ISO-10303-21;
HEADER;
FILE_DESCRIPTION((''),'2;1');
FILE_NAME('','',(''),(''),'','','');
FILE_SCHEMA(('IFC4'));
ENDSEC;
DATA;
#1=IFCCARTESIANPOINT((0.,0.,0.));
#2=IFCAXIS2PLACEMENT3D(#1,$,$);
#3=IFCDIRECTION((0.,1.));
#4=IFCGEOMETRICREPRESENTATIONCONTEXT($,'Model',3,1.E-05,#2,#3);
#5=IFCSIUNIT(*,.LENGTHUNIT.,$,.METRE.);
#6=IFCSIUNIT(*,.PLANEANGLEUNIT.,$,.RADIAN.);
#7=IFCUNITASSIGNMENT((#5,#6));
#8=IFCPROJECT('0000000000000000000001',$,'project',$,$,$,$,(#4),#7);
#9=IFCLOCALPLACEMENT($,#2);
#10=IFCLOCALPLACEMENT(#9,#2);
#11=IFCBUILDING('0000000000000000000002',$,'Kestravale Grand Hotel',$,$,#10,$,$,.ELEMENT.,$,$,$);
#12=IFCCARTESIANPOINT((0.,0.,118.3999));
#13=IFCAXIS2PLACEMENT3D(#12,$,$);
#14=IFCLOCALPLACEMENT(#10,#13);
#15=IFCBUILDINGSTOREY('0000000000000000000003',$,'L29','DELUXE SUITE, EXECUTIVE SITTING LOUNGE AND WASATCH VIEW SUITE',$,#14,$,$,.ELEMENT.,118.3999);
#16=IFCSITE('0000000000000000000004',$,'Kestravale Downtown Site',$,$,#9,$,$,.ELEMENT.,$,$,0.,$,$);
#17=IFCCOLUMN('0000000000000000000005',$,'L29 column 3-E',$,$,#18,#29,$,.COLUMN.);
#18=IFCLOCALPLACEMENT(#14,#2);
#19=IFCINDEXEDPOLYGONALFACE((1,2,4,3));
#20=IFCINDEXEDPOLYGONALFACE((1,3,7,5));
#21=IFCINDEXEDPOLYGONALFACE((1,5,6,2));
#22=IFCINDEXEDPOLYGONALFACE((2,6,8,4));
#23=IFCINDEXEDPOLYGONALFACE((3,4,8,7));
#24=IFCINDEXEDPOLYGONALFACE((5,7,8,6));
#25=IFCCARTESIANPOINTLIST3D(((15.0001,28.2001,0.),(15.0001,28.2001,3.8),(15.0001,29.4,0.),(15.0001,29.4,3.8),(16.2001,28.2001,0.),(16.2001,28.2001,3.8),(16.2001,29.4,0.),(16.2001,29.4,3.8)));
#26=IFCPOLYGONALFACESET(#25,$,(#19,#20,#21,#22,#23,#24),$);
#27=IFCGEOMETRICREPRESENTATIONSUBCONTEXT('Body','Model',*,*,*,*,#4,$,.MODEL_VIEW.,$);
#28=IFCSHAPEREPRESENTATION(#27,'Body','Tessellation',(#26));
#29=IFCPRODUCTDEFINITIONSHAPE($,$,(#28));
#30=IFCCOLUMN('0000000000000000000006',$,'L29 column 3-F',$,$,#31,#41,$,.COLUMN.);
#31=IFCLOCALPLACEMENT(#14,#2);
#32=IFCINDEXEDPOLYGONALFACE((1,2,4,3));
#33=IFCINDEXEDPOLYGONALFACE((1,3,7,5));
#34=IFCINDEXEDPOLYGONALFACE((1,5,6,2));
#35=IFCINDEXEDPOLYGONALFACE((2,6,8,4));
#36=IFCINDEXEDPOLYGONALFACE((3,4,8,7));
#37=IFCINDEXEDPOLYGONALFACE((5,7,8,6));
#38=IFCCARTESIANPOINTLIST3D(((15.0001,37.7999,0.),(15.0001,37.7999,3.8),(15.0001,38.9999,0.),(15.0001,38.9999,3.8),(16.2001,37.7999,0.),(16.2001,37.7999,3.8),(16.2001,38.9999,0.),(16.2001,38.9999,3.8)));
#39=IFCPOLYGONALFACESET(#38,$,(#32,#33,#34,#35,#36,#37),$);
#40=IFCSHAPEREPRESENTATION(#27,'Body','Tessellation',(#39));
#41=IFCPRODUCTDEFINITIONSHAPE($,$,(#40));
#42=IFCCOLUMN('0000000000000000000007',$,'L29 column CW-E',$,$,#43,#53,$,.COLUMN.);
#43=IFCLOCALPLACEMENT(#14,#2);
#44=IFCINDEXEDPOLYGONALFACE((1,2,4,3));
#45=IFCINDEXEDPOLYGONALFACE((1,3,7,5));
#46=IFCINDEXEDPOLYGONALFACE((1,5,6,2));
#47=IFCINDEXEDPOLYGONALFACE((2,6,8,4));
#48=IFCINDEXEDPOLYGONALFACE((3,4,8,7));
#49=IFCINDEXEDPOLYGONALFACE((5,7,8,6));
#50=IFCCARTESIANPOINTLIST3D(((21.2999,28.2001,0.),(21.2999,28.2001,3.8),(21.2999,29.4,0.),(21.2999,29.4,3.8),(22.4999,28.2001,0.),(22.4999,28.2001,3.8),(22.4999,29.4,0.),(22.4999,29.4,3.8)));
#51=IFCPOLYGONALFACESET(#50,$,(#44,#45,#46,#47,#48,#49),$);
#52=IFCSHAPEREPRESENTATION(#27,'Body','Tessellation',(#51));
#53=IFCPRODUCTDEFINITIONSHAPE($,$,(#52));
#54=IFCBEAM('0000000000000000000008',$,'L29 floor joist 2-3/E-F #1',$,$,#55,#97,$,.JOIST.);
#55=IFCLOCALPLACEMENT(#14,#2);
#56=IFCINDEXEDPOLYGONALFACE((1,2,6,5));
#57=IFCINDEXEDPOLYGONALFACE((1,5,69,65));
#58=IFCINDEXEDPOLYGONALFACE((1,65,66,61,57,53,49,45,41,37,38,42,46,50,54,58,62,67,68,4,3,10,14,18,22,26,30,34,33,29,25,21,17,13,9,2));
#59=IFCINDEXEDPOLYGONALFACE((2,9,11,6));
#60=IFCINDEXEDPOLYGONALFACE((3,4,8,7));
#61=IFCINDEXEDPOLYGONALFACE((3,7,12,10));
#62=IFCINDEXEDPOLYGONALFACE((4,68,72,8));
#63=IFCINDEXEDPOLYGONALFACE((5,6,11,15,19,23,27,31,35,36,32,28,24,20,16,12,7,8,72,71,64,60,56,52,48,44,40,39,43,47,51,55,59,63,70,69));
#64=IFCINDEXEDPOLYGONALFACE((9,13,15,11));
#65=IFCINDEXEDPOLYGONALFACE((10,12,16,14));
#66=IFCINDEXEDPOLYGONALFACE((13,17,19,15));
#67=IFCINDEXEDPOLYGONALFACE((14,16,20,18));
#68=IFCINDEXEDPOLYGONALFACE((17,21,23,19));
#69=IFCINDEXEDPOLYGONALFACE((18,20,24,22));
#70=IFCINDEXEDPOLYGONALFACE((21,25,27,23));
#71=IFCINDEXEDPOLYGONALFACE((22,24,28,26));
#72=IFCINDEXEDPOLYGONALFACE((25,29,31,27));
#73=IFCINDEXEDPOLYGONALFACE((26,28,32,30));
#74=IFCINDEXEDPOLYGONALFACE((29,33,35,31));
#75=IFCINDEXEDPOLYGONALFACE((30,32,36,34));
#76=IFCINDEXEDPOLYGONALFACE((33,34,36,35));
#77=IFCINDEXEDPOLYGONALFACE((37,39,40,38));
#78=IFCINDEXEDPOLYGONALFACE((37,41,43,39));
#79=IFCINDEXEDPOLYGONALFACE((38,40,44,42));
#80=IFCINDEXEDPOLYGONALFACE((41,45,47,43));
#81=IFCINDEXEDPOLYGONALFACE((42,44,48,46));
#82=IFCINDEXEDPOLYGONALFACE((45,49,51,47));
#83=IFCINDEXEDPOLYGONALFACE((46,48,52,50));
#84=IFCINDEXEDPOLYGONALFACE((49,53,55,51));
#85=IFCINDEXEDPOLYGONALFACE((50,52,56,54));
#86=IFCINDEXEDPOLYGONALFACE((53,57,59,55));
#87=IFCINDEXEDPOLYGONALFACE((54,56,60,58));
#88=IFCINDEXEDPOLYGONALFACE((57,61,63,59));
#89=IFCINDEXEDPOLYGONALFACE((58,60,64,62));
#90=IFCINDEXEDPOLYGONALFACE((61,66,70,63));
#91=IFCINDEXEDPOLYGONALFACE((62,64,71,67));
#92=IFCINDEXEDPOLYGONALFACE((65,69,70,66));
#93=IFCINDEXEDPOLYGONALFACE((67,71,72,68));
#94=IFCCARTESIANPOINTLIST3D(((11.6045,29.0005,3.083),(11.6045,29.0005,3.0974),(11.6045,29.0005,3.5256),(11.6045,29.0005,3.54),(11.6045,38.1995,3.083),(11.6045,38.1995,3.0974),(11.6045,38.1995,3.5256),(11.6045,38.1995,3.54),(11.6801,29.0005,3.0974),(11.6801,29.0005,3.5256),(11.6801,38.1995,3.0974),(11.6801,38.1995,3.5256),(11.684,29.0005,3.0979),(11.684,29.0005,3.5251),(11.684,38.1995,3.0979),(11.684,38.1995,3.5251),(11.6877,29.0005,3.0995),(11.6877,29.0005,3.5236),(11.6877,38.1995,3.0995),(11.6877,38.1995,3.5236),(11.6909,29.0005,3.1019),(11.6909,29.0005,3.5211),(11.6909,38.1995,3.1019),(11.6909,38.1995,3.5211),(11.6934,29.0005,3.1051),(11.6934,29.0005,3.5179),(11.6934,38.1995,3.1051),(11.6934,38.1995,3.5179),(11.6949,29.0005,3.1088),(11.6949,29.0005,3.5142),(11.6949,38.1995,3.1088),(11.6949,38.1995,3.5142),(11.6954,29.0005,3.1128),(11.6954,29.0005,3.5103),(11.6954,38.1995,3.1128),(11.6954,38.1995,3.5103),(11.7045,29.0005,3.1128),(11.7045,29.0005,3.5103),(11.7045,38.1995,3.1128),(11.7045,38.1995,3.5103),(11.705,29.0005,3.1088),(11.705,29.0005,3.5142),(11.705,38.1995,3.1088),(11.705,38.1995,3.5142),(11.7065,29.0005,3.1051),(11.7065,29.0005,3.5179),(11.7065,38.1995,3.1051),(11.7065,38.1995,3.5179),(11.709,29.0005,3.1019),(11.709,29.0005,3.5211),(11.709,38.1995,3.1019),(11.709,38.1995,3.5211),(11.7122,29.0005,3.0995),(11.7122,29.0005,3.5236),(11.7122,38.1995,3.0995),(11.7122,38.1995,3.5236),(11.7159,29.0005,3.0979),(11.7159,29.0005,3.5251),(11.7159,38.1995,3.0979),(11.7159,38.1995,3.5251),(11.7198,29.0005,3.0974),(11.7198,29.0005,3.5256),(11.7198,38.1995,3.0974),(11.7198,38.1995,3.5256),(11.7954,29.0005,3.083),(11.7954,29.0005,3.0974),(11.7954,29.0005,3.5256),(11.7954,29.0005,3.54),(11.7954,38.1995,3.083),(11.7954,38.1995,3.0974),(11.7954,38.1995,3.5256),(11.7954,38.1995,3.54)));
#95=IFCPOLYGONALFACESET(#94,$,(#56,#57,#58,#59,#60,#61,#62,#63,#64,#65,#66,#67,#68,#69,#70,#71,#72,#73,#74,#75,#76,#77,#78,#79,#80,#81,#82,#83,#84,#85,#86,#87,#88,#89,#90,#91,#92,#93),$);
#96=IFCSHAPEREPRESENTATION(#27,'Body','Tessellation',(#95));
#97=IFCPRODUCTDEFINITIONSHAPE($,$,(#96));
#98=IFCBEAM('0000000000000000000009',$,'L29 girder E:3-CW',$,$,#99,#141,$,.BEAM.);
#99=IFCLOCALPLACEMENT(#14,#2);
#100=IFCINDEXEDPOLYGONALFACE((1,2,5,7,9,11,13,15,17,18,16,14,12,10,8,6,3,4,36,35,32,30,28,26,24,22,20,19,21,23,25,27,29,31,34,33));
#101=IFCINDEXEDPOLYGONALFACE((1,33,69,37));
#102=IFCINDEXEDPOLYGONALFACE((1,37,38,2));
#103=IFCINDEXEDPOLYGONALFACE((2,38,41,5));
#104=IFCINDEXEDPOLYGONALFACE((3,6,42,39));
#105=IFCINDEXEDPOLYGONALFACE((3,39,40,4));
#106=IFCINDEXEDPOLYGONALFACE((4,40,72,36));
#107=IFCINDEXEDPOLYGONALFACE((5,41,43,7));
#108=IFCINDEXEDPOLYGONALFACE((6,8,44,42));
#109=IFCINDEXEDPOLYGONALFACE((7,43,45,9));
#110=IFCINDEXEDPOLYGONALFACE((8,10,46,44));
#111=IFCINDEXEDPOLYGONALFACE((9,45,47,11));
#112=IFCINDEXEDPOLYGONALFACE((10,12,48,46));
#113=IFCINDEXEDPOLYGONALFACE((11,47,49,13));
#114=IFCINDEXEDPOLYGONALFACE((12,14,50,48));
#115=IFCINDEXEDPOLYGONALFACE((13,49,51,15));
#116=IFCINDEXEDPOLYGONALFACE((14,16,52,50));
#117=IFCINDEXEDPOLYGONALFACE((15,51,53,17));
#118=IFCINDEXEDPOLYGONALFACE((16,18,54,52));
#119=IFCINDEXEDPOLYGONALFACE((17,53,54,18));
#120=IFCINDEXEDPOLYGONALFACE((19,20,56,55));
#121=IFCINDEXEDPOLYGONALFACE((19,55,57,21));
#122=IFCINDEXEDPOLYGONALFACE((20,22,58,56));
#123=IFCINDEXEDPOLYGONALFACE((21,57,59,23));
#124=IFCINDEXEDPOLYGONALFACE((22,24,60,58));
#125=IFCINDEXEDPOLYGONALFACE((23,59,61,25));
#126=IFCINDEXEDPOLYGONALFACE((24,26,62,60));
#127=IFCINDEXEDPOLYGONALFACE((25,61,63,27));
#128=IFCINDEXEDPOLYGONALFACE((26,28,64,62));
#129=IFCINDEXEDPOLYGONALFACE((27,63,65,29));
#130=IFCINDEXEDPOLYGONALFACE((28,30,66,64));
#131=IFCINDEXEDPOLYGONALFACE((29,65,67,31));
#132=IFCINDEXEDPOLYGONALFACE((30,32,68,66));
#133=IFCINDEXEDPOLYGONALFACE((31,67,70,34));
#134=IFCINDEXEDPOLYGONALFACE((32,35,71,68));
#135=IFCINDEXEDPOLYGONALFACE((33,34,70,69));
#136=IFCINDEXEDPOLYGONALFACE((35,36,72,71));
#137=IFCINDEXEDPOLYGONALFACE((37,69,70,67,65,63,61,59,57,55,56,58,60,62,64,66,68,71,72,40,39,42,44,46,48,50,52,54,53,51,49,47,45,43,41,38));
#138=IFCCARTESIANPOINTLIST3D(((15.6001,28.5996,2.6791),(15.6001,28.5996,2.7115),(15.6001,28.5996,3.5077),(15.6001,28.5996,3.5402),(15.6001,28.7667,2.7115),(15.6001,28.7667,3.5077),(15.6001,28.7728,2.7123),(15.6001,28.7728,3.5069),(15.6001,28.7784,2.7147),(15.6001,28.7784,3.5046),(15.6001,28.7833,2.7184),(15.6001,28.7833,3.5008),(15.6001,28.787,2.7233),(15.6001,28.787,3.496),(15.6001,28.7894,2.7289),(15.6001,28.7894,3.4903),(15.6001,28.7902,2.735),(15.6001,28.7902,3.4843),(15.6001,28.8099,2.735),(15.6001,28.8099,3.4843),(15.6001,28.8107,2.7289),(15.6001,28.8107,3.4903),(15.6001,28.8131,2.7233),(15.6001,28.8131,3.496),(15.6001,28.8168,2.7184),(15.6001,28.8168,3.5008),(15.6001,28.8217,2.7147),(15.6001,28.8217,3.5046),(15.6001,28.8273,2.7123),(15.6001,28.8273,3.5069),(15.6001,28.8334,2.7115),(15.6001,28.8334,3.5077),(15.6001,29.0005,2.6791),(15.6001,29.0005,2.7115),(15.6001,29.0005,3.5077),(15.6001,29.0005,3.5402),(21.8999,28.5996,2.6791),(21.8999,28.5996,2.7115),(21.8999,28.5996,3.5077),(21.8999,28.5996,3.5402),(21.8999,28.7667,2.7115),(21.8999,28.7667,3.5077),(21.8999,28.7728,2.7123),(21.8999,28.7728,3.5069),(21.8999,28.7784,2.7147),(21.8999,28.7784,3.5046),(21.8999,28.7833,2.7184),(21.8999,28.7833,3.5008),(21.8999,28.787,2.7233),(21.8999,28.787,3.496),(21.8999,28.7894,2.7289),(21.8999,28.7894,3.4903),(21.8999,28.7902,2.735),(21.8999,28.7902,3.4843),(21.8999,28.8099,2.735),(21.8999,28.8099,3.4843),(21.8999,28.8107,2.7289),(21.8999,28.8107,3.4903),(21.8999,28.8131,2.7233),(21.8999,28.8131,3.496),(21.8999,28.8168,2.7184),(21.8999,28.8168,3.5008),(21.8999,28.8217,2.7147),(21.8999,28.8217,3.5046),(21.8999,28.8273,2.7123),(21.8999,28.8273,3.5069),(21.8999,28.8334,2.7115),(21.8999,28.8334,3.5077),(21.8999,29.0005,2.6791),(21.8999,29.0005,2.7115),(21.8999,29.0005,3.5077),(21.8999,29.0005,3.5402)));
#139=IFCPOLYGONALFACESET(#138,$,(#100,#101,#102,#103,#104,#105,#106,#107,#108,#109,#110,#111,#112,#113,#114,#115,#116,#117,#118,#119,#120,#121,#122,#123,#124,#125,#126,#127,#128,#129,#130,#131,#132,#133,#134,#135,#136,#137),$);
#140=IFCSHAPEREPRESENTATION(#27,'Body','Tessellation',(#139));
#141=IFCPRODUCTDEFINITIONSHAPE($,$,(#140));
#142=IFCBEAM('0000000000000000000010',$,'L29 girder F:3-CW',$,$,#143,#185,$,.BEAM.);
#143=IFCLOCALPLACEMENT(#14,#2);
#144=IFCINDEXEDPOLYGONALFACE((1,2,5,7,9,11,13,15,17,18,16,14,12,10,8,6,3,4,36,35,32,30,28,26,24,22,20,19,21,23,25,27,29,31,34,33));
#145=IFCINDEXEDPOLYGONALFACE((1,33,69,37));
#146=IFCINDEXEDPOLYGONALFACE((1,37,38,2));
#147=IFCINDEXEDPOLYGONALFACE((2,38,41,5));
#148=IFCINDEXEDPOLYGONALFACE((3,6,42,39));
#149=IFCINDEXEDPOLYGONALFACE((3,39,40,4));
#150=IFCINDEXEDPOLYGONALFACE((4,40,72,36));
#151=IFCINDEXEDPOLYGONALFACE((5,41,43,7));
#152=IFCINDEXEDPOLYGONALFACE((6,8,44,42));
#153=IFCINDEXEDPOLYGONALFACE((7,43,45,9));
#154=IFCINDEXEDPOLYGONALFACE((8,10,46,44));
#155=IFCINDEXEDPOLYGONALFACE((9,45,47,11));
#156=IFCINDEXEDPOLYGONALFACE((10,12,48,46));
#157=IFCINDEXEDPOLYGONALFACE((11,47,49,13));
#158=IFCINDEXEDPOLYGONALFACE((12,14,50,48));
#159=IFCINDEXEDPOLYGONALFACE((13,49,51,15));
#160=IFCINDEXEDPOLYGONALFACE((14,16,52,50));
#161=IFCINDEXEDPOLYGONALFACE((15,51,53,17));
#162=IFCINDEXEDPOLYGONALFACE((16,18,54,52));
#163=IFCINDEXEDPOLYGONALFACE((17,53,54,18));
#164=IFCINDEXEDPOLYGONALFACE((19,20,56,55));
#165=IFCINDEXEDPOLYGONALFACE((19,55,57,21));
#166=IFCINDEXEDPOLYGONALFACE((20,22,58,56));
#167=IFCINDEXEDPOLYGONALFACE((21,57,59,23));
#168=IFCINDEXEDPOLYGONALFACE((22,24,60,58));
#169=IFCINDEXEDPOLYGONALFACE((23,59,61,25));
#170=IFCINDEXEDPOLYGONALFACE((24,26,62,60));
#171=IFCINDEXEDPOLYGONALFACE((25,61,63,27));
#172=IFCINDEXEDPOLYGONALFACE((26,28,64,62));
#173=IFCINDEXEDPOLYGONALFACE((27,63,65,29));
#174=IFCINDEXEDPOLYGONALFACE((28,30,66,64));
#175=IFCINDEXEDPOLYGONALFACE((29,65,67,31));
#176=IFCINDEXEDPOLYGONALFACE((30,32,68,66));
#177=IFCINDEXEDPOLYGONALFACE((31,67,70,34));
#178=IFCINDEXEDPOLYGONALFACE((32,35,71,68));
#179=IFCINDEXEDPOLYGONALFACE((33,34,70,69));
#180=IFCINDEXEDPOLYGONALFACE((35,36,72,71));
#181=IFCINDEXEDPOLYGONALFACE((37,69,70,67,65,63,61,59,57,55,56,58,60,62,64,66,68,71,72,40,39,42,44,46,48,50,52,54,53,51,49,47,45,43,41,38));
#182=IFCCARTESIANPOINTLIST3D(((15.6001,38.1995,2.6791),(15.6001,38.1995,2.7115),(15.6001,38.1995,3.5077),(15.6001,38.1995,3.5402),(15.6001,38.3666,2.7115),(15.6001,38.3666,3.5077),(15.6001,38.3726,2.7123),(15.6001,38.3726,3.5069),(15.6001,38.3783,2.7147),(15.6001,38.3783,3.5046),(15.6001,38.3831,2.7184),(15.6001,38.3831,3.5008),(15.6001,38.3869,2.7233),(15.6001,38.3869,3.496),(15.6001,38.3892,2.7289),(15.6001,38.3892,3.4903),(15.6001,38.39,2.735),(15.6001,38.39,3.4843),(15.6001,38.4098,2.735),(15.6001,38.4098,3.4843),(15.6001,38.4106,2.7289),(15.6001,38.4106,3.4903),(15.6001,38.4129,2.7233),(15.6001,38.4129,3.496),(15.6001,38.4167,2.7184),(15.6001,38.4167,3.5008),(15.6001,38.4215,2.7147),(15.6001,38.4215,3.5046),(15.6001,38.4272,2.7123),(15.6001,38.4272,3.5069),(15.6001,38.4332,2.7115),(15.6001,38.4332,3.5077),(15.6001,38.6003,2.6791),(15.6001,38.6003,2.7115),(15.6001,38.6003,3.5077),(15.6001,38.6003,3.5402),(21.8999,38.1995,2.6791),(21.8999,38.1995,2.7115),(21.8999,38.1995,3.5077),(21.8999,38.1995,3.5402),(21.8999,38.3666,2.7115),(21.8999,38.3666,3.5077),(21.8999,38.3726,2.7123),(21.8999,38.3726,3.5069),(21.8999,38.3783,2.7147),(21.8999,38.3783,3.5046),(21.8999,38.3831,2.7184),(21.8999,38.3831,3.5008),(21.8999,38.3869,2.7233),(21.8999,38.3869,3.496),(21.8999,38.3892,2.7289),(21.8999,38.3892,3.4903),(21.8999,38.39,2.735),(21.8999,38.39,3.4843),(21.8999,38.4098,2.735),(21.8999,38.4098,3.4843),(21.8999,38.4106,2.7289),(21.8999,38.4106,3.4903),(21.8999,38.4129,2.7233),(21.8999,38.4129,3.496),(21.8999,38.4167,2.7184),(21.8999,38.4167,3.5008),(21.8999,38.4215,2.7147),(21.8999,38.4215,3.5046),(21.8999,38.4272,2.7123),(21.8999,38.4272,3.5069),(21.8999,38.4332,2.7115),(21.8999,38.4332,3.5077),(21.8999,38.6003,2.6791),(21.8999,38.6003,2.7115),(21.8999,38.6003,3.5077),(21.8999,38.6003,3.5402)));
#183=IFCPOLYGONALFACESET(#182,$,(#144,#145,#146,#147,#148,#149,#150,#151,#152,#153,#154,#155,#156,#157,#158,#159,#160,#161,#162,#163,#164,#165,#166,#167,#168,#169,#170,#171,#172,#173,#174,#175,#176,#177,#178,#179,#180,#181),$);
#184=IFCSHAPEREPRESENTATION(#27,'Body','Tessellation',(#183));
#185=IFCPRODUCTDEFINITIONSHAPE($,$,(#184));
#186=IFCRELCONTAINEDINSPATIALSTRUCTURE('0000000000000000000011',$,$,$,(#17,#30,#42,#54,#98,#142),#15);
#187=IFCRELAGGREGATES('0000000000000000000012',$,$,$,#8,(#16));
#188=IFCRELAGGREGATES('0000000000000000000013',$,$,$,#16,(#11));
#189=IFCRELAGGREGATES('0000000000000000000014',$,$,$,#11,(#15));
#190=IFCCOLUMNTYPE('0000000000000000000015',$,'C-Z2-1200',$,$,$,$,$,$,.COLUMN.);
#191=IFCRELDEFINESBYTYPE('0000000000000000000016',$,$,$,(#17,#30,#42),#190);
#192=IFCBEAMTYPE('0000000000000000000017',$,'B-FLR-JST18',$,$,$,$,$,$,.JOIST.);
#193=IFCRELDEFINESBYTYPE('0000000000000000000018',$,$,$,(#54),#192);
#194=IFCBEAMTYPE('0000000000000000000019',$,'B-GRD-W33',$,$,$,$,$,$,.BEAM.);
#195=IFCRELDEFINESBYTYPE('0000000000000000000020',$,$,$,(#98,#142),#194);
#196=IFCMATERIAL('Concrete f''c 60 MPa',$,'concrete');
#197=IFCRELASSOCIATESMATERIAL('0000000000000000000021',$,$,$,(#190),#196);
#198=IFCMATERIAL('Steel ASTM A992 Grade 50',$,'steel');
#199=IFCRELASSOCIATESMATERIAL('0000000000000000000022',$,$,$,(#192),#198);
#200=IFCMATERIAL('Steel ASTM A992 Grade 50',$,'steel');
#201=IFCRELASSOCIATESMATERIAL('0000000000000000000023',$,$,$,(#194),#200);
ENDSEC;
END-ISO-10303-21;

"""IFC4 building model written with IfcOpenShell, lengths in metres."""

from ifc_helpers import new_model, si_unit, direction, frame, origin, origin_2d, place, context, subcontext, project, spatial, rectangle, i_section, extrude, material, material_profile, profile_set, type_object, element, save


model = new_model("IFC4")

# Units and contexts
model_context = context("Model", 3, precision=1e-05, world=origin(), true_north=direction((0.0, 1.0)))
body_context = subcontext(model_context, "Body", "Model", "MODEL_VIEW")
ifc_project = project(units=[si_unit("LENGTHUNIT", "METRE"), si_unit("PLANEANGLEUNIT", "RADIAN")], contexts=[model_context])

# Site, building, storey
site_placement = place(None, origin())
site = spatial("IfcSite", under=ifc_project, at=site_placement, Name="Kestravale Downtown Site", CompositionType="ELEMENT", RefElevation=0.0)
building_placement = place(site_placement, origin())
building = spatial("IfcBuilding", under=site, at=building_placement, Name="Kestravale Grand Hotel", CompositionType="ELEMENT")
storey_placement = place(building_placement, frame((0.0, 0.0, 118.3999)))
storey = spatial("IfcBuildingStorey", under=building, at=storey_placement, Name="L29", Description="DELUXE SUITE, EXECUTIVE SITTING LOUNGE AND WASATCH VIEW SUITE", CompositionType="ELEMENT", Elevation=118.3999)

# Columns
ifc_material_1 = material(Name="Concrete f'c 60 MPa", Category="concrete")
ifc_material_profile_1 = material_profile(ifc_material_1, rectangle(XDim=1.2, YDim=1.2, at=origin_2d()))
ifc_profile_set_1 = profile_set([ifc_material_profile_1], Name="Concrete f'c 60 MPa")
column_type = type_object("IfcColumnType", Name="C-Z2-1200", PredefinedType="COLUMN", material=ifc_profile_set_1)
for number, where, z_axis, x_axis, name in (
    (1, (15.6001, 28.8, 0.0), (0.0, 0.0, 1.0), (1.0, 0.0, 0.0), "L29 column 3-E"),
    (2, (15.6001, 38.3999, 0.0), (0.0, 0.0, 1.0), (1.0, 0.0, 0.0), "L29 column 3-F"),
    (3, (21.8999, 28.8, 0.0), (0.0, 0.0, 1.0), (1.0, 0.0, 0.0), "L29 column CW-E"),
):
    element("IfcColumn", number, at=place(storey_placement, frame(where, z_axis=z_axis, x_axis=x_axis)), inside=storey, type_object=column_type, Name=name, PredefinedType="COLUMN", context=body_context, shape_type="SweptSolid", body=[
        extrude(rectangle(XDim=1.2, YDim=1.2, at=origin_2d()), origin(), (0.0, 0.0, 1.0), 3.8),
    ])

# Beams
ifc_material_2 = material(Name="Steel ASTM A992 Grade 50", Category="steel")
ifc_material_profile_2 = material_profile(ifc_material_2, i_section(OverallWidth=0.1909, OverallDepth=0.457, WebThickness=0.009, FlangeThickness=0.0144, FilletRadius=0.0154, at=origin_2d()))
ifc_profile_set_2 = profile_set([ifc_material_profile_2], Name="Steel ASTM A992 Grade 50")
beam_type_1 = type_object("IfcBeamType", Name="B-FLR-JST18", PredefinedType="JOIST", material=ifc_profile_set_2)
beam_1_placement = place(storey_placement, frame((11.7, 29.0005, 3.3115), z_axis=(0.0, 1.0, 0.0), x_axis=(-1.0, 0.0, 0.0)))
element("IfcBeam", 4, at=beam_1_placement, inside=storey, type_object=beam_type_1, Name="L29 floor joist 2-3/E-F #1", PredefinedType="JOIST", context=body_context, shape_type="SweptSolid", body=[
    extrude(i_section(OverallWidth=0.1909, OverallDepth=0.457, WebThickness=0.009, FlangeThickness=0.0144, FilletRadius=0.0154, at=origin_2d()), origin(), (0.0, 0.0, 1.0), 9.199),
])
ifc_material_3 = material(Name="Steel ASTM A992 Grade 50", Category="steel")
ifc_material_profile_3 = material_profile(ifc_material_3, i_section(OverallWidth=0.4009, OverallDepth=0.8611, WebThickness=0.0198, FlangeThickness=0.0325, FilletRadius=0.0234, at=origin_2d()))
ifc_profile_set_3 = profile_set([ifc_material_profile_3], Name="Steel ASTM A992 Grade 50")
beam_type_2 = type_object("IfcBeamType", Name="B-GRD-W33", PredefinedType="BEAM", material=ifc_profile_set_3)
for number, where, z_axis, x_axis, name in (
    (5, (15.6001, 28.8, 3.1096), (1.0, 0.0, 0.0), (0.0, 1.0, 0.0), "L29 girder E:3-CW"),
    (6, (15.6001, 38.3999, 3.1096), (1.0, 0.0, 0.0), (0.0, 1.0, 0.0), "L29 girder F:3-CW"),
):
    element("IfcBeam", number, at=place(storey_placement, frame(where, z_axis=z_axis, x_axis=x_axis)), inside=storey, type_object=beam_type_2, Name=name, PredefinedType="BEAM", context=body_context, shape_type="SweptSolid", body=[
        extrude(i_section(OverallWidth=0.4009, OverallDepth=0.8611, WebThickness=0.0198, FlangeThickness=0.0325, FilletRadius=0.0234, at=origin_2d()), origin(), (0.0, 0.0, 1.0), 6.2998),
    ])

save(model, "model.ifc")
